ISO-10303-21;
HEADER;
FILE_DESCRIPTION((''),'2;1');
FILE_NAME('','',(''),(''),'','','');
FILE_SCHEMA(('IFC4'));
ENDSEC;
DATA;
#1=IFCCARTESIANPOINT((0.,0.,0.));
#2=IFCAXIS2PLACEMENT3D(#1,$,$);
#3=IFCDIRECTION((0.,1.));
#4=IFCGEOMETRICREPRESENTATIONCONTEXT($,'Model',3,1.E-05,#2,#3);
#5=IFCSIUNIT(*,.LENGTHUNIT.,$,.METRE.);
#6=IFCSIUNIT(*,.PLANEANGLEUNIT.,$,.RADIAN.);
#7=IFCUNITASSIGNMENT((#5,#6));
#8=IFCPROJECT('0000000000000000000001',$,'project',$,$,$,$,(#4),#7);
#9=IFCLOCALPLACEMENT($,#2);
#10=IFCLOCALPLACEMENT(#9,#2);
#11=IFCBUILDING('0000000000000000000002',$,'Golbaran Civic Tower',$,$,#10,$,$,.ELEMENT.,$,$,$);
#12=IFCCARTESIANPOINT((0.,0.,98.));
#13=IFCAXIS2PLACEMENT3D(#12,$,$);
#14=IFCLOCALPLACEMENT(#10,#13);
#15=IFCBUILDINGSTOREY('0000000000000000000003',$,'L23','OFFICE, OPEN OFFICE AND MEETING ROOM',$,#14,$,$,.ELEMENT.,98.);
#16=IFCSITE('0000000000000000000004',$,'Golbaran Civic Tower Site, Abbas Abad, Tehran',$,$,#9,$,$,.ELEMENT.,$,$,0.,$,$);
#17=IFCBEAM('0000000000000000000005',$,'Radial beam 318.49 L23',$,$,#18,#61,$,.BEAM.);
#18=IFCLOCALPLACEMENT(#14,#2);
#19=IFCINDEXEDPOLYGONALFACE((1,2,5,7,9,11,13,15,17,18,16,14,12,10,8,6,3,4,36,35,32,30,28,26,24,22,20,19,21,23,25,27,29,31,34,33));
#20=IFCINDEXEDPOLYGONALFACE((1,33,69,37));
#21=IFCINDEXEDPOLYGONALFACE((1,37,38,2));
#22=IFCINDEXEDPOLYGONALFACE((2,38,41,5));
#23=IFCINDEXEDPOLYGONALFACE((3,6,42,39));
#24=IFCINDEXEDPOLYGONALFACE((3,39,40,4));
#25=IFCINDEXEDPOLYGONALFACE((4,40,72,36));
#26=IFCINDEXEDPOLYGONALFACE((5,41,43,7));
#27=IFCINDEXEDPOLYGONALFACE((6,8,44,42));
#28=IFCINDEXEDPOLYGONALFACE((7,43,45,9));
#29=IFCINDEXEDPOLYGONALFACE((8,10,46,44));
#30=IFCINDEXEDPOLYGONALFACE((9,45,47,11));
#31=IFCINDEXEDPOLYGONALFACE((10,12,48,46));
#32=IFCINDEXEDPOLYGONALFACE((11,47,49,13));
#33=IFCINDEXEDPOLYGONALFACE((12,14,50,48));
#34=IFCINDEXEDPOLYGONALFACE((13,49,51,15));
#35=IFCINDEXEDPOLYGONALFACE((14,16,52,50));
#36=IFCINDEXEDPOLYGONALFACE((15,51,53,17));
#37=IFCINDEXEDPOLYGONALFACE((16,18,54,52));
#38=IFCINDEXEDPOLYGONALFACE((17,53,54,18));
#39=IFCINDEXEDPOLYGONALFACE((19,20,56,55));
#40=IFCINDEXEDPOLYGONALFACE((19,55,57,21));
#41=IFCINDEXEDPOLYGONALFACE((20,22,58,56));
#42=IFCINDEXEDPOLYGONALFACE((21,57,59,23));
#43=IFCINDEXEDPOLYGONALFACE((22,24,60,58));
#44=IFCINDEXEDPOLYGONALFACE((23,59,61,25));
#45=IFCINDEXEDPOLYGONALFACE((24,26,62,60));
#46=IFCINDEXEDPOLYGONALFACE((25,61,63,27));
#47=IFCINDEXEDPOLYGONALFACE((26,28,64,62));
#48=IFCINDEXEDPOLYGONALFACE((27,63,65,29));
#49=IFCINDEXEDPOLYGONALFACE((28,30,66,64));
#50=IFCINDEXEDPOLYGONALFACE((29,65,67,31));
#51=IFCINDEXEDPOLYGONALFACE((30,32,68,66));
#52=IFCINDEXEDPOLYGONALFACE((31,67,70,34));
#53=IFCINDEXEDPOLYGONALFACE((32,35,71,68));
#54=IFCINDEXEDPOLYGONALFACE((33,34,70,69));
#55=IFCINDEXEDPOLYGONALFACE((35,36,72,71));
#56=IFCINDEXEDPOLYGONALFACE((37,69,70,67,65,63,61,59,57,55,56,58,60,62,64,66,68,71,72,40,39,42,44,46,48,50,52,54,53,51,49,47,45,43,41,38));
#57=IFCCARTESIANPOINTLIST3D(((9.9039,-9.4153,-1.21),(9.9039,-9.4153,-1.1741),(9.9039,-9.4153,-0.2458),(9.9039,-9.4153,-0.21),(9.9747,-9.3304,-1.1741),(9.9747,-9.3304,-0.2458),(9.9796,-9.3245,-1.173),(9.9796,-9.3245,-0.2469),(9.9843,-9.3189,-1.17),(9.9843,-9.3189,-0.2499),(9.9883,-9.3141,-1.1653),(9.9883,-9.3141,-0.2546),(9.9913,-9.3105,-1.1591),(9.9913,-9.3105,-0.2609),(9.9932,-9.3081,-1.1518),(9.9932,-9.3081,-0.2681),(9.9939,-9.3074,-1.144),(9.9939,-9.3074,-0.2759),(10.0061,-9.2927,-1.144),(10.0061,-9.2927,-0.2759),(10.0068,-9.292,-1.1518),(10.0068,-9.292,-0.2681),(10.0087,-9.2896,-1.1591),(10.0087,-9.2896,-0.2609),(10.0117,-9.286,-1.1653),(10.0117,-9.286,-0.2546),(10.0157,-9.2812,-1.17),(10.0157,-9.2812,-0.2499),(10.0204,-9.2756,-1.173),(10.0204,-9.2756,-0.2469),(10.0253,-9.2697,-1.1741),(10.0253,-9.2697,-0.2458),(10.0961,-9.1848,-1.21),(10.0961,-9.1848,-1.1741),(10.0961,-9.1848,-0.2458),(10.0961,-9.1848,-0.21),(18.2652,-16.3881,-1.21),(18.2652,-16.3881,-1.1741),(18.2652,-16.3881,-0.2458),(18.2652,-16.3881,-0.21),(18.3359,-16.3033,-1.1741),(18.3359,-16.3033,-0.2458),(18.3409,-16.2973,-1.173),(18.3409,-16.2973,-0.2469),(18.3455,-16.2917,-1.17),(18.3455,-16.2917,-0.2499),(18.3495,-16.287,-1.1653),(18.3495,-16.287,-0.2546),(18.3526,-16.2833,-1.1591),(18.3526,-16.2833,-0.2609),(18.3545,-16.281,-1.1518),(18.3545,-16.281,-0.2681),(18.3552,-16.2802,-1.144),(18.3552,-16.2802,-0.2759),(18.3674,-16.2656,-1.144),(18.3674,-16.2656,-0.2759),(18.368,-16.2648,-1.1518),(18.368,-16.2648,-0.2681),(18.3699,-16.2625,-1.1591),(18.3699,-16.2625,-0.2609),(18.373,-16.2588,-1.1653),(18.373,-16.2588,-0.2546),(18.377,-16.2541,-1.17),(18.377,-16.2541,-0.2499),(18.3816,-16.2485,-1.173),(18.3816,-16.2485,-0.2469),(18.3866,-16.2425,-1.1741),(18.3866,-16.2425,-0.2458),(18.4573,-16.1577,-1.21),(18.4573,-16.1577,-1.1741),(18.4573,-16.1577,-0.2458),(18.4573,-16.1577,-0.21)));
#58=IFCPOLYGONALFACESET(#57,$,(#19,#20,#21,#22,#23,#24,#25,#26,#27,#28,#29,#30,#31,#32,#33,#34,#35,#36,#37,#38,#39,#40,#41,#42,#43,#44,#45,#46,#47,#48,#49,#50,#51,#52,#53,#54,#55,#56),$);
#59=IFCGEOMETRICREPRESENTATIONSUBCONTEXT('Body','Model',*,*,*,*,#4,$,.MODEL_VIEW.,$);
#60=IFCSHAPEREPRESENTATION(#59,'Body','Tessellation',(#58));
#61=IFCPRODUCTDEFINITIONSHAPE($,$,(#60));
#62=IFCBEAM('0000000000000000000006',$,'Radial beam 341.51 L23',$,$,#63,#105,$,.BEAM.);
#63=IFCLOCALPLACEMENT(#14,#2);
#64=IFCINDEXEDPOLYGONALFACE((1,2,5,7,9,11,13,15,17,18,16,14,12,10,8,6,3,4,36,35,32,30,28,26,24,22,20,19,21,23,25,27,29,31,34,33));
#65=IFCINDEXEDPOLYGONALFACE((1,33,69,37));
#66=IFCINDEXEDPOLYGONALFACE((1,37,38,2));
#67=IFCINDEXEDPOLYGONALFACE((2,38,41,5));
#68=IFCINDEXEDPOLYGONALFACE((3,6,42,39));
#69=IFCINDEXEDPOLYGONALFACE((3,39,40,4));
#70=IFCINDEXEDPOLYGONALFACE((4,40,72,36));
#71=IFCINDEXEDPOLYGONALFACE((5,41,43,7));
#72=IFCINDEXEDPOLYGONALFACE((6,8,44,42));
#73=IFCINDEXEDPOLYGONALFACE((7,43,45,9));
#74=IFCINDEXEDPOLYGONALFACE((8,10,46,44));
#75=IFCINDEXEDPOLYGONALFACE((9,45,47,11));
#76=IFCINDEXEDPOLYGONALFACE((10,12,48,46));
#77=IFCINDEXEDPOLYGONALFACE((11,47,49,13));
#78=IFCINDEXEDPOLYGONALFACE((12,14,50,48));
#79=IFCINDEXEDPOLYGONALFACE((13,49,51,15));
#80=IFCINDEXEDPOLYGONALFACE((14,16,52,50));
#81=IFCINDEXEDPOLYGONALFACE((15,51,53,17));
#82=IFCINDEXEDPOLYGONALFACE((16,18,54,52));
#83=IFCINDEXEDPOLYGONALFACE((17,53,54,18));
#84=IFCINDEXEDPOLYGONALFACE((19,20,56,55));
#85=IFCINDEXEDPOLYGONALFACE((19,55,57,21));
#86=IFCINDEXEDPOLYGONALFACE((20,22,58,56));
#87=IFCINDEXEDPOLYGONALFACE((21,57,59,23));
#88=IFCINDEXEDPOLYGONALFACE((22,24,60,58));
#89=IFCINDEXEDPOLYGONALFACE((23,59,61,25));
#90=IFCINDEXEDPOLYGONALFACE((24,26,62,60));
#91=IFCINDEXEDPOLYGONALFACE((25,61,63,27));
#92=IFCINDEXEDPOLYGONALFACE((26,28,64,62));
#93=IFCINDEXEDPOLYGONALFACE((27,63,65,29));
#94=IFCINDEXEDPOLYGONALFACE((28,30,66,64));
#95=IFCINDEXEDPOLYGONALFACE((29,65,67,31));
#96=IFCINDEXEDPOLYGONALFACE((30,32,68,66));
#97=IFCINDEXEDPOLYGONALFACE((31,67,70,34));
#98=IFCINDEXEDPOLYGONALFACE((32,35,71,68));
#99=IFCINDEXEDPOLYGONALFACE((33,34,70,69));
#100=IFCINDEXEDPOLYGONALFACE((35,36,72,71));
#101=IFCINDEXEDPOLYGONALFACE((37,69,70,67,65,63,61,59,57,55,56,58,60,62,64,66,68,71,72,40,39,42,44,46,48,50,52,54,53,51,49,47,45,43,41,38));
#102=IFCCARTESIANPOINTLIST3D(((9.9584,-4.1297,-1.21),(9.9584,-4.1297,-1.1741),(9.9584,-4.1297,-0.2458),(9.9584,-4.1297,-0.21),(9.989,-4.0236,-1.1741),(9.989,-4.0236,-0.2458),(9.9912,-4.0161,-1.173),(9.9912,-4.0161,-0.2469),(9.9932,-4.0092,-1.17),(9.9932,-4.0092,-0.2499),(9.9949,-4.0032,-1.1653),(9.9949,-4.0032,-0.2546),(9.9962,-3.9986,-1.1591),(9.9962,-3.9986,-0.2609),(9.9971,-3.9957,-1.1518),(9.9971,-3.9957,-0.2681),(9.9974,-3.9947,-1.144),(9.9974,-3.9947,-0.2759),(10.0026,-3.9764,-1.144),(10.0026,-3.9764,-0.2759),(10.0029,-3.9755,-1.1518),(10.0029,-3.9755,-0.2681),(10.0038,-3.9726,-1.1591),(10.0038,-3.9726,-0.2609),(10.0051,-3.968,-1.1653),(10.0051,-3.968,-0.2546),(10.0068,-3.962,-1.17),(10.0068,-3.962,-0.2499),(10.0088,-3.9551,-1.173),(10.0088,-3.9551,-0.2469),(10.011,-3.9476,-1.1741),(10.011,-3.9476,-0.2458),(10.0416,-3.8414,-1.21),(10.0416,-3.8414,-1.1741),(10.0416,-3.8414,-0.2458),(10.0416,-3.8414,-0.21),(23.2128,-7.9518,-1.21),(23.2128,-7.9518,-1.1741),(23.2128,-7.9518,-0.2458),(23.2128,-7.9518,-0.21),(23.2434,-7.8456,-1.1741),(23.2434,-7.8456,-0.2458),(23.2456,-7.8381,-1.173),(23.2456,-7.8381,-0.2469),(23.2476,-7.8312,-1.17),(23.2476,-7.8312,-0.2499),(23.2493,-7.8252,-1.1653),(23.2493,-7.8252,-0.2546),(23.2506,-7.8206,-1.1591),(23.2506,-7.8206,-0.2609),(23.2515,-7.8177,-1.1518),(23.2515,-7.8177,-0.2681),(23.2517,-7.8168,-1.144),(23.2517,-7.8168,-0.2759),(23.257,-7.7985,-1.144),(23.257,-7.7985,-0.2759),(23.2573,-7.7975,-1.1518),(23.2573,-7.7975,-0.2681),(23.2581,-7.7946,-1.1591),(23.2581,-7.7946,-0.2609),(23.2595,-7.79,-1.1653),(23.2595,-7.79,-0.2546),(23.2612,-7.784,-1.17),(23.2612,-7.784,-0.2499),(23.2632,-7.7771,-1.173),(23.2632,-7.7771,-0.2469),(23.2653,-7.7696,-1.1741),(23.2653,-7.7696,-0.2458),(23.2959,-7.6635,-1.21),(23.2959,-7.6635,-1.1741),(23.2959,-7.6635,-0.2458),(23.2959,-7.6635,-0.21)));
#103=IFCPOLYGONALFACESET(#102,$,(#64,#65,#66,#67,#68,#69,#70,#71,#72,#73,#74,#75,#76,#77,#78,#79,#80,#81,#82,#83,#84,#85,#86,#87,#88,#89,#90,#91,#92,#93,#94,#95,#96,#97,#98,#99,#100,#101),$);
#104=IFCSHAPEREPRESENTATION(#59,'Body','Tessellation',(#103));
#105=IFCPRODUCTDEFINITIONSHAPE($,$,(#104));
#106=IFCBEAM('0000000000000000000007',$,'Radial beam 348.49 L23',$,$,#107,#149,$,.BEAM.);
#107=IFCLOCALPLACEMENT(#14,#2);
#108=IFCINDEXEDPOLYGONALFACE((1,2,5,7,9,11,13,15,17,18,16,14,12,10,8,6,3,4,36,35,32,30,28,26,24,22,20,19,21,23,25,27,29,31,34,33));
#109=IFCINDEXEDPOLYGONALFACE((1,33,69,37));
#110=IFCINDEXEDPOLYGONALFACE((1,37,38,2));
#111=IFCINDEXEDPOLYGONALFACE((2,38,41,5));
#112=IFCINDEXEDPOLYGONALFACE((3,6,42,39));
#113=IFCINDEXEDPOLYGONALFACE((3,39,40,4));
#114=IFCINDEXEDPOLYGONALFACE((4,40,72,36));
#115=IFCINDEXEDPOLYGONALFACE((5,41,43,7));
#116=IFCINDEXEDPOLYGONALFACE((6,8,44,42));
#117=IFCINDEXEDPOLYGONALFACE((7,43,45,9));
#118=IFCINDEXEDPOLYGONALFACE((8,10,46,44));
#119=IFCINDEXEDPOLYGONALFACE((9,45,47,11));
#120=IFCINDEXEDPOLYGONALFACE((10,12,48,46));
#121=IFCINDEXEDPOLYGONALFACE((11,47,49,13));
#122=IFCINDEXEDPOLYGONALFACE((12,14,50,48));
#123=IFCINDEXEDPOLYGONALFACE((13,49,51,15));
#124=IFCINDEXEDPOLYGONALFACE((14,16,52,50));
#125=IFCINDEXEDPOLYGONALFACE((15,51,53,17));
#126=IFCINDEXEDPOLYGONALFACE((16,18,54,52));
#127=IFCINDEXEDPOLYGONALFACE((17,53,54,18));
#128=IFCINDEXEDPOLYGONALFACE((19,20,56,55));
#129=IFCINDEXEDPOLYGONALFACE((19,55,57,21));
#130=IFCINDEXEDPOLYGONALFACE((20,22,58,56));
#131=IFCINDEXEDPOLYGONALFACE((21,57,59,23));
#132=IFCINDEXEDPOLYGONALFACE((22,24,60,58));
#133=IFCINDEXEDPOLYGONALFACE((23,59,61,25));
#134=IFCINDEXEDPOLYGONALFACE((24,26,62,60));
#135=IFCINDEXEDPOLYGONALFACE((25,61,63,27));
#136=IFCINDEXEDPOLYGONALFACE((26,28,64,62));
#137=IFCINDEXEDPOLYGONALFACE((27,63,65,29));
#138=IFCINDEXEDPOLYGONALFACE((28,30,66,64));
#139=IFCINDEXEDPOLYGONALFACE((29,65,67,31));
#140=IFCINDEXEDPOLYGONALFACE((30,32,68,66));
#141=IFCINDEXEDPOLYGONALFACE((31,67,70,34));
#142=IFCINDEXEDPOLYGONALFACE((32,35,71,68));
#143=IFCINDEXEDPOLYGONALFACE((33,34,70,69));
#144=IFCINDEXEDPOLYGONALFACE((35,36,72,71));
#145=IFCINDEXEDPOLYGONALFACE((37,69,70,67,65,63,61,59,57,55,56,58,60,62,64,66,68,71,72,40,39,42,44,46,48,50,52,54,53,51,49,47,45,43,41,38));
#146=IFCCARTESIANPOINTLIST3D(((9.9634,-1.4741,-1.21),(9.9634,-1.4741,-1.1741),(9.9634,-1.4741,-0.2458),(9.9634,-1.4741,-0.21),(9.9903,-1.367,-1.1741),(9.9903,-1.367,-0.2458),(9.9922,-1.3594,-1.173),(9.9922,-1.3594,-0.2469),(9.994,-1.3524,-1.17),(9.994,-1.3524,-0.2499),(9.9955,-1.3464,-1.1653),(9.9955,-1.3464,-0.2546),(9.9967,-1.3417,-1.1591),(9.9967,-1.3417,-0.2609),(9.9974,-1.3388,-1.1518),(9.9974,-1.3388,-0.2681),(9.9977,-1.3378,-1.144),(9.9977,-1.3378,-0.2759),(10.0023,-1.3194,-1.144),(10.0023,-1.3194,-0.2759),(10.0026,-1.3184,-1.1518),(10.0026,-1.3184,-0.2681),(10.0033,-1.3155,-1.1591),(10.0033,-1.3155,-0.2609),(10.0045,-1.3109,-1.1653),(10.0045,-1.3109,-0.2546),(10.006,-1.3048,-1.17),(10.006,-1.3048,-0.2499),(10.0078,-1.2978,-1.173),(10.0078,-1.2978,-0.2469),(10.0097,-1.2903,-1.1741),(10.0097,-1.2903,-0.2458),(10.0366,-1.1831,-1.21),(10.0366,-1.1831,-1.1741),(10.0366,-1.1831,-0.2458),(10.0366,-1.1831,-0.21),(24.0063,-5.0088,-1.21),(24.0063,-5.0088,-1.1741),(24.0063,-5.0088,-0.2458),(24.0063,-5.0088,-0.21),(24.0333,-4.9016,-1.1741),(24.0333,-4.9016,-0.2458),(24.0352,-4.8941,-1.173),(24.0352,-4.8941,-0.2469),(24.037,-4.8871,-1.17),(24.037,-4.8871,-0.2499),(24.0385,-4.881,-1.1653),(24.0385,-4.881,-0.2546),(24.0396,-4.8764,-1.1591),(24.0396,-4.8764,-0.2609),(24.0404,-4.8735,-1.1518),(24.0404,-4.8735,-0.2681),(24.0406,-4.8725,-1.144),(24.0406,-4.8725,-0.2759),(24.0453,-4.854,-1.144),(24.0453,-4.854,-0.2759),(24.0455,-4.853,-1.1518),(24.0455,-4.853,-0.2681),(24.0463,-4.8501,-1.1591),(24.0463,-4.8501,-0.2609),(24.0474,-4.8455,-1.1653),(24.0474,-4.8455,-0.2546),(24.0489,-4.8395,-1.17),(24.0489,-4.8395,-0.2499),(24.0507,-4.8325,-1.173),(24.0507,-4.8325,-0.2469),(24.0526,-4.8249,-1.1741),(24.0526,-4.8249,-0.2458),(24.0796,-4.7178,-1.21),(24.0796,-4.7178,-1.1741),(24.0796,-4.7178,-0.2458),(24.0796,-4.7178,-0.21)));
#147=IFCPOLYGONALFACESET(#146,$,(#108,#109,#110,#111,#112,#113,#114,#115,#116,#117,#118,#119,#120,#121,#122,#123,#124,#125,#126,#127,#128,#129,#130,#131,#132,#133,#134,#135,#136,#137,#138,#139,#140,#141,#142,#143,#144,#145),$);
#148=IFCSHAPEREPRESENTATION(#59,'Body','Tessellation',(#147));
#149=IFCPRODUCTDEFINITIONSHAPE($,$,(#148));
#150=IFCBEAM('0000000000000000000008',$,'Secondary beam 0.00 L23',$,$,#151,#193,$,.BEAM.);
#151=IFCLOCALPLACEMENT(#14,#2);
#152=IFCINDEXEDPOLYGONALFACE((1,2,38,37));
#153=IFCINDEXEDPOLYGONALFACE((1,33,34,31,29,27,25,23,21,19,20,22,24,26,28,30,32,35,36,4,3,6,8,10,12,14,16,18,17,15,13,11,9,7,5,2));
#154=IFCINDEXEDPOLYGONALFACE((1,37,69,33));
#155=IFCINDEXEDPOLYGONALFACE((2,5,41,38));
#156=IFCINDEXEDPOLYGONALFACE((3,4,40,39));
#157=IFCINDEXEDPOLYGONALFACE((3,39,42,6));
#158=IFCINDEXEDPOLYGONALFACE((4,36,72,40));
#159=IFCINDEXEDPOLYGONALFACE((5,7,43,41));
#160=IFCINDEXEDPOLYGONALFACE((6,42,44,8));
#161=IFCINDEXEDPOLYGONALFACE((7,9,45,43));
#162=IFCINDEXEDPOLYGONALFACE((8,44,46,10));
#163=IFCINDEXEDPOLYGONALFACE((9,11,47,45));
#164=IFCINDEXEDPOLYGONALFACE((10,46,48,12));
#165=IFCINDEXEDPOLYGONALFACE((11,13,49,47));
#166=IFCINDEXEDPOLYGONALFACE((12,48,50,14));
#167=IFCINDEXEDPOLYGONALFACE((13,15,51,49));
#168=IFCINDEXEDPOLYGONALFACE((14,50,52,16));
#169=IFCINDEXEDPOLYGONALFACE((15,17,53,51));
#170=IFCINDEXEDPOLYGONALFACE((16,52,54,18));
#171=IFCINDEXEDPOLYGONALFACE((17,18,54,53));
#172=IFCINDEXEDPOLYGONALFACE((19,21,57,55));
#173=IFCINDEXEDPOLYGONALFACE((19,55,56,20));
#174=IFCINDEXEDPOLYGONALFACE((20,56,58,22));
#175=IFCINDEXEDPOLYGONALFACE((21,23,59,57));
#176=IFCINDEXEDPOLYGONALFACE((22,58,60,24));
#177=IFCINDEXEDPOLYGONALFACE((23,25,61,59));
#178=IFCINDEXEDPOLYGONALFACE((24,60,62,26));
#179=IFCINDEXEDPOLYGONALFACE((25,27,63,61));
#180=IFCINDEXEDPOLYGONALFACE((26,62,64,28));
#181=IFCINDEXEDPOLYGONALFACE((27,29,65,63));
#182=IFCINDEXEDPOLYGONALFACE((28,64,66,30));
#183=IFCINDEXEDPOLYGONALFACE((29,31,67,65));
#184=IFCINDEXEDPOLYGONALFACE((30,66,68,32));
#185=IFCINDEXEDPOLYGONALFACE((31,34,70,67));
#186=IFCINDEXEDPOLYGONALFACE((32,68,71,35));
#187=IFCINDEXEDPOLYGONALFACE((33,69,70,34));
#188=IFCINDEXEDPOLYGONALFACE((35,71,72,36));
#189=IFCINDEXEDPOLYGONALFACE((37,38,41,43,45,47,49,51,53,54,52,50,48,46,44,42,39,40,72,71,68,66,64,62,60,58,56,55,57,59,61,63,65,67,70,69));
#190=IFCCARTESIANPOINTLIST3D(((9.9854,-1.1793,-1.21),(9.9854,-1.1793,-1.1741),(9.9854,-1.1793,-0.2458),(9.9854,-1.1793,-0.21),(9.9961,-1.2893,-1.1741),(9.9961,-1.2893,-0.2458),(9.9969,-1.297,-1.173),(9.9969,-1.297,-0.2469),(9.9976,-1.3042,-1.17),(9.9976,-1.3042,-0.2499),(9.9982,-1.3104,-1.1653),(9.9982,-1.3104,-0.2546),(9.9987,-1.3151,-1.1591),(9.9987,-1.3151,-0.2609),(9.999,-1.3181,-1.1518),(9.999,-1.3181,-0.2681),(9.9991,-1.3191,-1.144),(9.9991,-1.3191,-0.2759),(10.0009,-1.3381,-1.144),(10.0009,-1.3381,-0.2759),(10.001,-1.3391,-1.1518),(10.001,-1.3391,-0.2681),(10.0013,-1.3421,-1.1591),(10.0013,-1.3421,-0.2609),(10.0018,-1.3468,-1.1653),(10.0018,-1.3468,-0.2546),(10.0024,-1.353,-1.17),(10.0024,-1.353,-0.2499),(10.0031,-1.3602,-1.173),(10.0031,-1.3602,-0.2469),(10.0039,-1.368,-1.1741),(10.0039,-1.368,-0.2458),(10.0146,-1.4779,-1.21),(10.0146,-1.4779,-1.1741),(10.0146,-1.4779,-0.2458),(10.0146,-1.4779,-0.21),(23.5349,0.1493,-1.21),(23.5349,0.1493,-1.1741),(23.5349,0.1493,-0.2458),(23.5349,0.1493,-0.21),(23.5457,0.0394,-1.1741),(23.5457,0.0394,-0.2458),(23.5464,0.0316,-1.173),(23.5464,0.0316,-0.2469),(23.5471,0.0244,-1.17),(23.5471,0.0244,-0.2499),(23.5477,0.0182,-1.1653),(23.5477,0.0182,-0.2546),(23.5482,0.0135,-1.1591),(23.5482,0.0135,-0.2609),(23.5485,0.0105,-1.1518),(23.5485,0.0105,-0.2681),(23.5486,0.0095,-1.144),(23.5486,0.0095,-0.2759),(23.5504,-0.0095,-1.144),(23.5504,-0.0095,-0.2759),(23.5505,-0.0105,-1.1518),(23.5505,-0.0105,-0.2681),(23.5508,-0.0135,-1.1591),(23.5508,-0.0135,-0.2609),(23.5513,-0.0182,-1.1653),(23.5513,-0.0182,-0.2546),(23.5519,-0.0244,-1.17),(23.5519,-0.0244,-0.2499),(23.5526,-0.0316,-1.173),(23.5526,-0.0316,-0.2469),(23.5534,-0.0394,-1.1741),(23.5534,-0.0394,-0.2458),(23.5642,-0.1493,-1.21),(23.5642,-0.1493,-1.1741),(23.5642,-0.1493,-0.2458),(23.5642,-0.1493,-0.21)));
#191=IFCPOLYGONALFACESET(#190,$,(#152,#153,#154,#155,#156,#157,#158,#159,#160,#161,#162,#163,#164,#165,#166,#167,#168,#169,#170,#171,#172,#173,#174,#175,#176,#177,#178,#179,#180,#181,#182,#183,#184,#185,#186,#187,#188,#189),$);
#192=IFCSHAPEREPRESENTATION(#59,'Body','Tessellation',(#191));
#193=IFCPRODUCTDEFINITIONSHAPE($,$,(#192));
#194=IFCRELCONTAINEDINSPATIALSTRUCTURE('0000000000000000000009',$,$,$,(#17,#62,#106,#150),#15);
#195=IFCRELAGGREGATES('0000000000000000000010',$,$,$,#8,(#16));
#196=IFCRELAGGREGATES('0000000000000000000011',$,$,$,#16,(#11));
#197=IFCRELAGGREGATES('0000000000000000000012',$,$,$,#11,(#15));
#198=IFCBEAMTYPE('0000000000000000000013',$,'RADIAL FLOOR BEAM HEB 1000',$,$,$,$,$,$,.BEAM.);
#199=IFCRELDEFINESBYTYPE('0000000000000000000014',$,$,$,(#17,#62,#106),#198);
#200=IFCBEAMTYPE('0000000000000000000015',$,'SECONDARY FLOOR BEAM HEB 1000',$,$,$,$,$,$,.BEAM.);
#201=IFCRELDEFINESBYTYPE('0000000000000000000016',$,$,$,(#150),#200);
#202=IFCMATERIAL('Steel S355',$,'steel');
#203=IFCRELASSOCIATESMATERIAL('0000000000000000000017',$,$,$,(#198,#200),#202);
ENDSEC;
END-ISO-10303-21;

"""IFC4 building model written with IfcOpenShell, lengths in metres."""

from ifc_helpers import new_model, si_unit, direction, frame, origin, origin_2d, place, context, subcontext, project, spatial, i_section, extrude, material, material_profile, profile_set, type_object, element, save


model = new_model("IFC4")

# Units and contexts
model_context = context("Model", 3, precision=1e-05, world=origin(), true_north=direction((0.0, 1.0)))
body_context = subcontext(model_context, "Body", "Model", "MODEL_VIEW")
ifc_project = project(units=[si_unit("LENGTHUNIT", "METRE"), si_unit("PLANEANGLEUNIT", "RADIAN")], contexts=[model_context])

# Site, building, storey
site_placement = place(None, origin())
site = spatial("IfcSite", under=ifc_project, at=site_placement, Name="Golbaran Civic Tower Site, Abbas Abad, Tehran", CompositionType="ELEMENT", RefElevation=0.0)
building_placement = place(site_placement, origin())
building = spatial("IfcBuilding", under=site, at=building_placement, Name="Golbaran Civic Tower", CompositionType="ELEMENT")
storey_placement = place(building_placement, frame((0.0, 0.0, 98.0)))
storey = spatial("IfcBuildingStorey", under=building, at=storey_placement, Name="L23", Description="OFFICE, OPEN OFFICE AND MEETING ROOM", CompositionType="ELEMENT", Elevation=98.0)

# Beams
ifc_material_1 = material(Name="Steel S355", Category="steel")
ifc_material_profile_1 = material_profile(ifc_material_1, i_section(OverallWidth=0.3, OverallDepth=1.0, WebThickness=0.019, FlangeThickness=0.0359, FilletRadius=0.03, at=origin_2d()), Name="HEB 1000")
ifc_profile_set_1 = profile_set([ifc_material_profile_1], Name="Steel S355")
beam_type_1 = type_object("IfcBeamType", Name="RADIAL FLOOR BEAM HEB 1000", PredefinedType="BEAM", material=ifc_profile_set_1)
beam_1_placement = place(storey_placement, frame((10.0, -9.3, -0.71), z_axis=(0.76799, -0.640462, 0.0), x_axis=(0.640462, 0.76799, 0.0)))
element("IfcBeam", 1, at=beam_1_placement, inside=storey, type_object=beam_type_1, Name="Radial beam 318.49 L23", PredefinedType="BEAM", context=body_context, shape_type="SweptSolid", body=[
    extrude(i_section(OverallWidth=0.3, OverallDepth=1.0, WebThickness=0.019, FlangeThickness=0.0359, FilletRadius=0.03, at=origin_2d()), origin(), (0.0, 0.0, 1.0), 10.8872),
])
beam_2_placement = place(storey_placement, frame((10.0, -3.9856, -0.71), z_axis=(0.96085, -0.27707, 0.0), x_axis=(0.27707, 0.96085, 0.0)))
element("IfcBeam", 2, at=beam_2_placement, inside=storey, type_object=beam_type_1, Name="Radial beam 341.51 L23", PredefinedType="BEAM", context=body_context, shape_type="SweptSolid", body=[
    extrude(i_section(OverallWidth=0.3, OverallDepth=1.0, WebThickness=0.019, FlangeThickness=0.0359, FilletRadius=0.03, at=origin_2d()), origin(), (0.0, 0.0, 1.0), 13.7944),
])
beam_3_placement = place(storey_placement, frame((10.0, -1.3286, -0.71), z_axis=(0.969752, -0.24409, 0.0), x_axis=(0.24409, 0.969752, 0.0)))
element("IfcBeam", 3, at=beam_3_placement, inside=storey, type_object=beam_type_1, Name="Radial beam 348.49 L23", PredefinedType="BEAM", context=body_context, shape_type="SweptSolid", body=[
    extrude(i_section(OverallWidth=0.3, OverallDepth=1.0, WebThickness=0.019, FlangeThickness=0.0359, FilletRadius=0.03, at=origin_2d()), origin(), (0.0, 0.0, 1.0), 14.481),
])
ifc_material_profile_2 = material_profile(ifc_material_1, i_section(OverallWidth=0.3, OverallDepth=1.0, WebThickness=0.019, FlangeThickness=0.0359, FilletRadius=0.03, at=origin_2d()), Name="HEB 1000")
ifc_profile_set_2 = profile_set([ifc_material_profile_2], Name="Steel S355")
beam_type_2 = type_object("IfcBeamType", Name="SECONDARY FLOOR BEAM HEB 1000", PredefinedType="BEAM", material=ifc_profile_set_2)
beam_4_placement = place(storey_placement, frame((10.0, -1.3286, -0.71), z_axis=(0.995227, 0.097588, 0.0), x_axis=(-0.097588, 0.995227, 0.0)))
element("IfcBeam", 4, at=beam_4_placement, inside=storey, type_object=beam_type_2, Name="Secondary beam 0.00 L23", PredefinedType="BEAM", context=body_context, shape_type="SweptSolid", body=[
    extrude(i_section(OverallWidth=0.3, OverallDepth=1.0, WebThickness=0.019, FlangeThickness=0.0359, FilletRadius=0.03, at=origin_2d()), origin(), (0.0, 0.0, 1.0), 13.6145),
])

save(model, "model.ifc")
